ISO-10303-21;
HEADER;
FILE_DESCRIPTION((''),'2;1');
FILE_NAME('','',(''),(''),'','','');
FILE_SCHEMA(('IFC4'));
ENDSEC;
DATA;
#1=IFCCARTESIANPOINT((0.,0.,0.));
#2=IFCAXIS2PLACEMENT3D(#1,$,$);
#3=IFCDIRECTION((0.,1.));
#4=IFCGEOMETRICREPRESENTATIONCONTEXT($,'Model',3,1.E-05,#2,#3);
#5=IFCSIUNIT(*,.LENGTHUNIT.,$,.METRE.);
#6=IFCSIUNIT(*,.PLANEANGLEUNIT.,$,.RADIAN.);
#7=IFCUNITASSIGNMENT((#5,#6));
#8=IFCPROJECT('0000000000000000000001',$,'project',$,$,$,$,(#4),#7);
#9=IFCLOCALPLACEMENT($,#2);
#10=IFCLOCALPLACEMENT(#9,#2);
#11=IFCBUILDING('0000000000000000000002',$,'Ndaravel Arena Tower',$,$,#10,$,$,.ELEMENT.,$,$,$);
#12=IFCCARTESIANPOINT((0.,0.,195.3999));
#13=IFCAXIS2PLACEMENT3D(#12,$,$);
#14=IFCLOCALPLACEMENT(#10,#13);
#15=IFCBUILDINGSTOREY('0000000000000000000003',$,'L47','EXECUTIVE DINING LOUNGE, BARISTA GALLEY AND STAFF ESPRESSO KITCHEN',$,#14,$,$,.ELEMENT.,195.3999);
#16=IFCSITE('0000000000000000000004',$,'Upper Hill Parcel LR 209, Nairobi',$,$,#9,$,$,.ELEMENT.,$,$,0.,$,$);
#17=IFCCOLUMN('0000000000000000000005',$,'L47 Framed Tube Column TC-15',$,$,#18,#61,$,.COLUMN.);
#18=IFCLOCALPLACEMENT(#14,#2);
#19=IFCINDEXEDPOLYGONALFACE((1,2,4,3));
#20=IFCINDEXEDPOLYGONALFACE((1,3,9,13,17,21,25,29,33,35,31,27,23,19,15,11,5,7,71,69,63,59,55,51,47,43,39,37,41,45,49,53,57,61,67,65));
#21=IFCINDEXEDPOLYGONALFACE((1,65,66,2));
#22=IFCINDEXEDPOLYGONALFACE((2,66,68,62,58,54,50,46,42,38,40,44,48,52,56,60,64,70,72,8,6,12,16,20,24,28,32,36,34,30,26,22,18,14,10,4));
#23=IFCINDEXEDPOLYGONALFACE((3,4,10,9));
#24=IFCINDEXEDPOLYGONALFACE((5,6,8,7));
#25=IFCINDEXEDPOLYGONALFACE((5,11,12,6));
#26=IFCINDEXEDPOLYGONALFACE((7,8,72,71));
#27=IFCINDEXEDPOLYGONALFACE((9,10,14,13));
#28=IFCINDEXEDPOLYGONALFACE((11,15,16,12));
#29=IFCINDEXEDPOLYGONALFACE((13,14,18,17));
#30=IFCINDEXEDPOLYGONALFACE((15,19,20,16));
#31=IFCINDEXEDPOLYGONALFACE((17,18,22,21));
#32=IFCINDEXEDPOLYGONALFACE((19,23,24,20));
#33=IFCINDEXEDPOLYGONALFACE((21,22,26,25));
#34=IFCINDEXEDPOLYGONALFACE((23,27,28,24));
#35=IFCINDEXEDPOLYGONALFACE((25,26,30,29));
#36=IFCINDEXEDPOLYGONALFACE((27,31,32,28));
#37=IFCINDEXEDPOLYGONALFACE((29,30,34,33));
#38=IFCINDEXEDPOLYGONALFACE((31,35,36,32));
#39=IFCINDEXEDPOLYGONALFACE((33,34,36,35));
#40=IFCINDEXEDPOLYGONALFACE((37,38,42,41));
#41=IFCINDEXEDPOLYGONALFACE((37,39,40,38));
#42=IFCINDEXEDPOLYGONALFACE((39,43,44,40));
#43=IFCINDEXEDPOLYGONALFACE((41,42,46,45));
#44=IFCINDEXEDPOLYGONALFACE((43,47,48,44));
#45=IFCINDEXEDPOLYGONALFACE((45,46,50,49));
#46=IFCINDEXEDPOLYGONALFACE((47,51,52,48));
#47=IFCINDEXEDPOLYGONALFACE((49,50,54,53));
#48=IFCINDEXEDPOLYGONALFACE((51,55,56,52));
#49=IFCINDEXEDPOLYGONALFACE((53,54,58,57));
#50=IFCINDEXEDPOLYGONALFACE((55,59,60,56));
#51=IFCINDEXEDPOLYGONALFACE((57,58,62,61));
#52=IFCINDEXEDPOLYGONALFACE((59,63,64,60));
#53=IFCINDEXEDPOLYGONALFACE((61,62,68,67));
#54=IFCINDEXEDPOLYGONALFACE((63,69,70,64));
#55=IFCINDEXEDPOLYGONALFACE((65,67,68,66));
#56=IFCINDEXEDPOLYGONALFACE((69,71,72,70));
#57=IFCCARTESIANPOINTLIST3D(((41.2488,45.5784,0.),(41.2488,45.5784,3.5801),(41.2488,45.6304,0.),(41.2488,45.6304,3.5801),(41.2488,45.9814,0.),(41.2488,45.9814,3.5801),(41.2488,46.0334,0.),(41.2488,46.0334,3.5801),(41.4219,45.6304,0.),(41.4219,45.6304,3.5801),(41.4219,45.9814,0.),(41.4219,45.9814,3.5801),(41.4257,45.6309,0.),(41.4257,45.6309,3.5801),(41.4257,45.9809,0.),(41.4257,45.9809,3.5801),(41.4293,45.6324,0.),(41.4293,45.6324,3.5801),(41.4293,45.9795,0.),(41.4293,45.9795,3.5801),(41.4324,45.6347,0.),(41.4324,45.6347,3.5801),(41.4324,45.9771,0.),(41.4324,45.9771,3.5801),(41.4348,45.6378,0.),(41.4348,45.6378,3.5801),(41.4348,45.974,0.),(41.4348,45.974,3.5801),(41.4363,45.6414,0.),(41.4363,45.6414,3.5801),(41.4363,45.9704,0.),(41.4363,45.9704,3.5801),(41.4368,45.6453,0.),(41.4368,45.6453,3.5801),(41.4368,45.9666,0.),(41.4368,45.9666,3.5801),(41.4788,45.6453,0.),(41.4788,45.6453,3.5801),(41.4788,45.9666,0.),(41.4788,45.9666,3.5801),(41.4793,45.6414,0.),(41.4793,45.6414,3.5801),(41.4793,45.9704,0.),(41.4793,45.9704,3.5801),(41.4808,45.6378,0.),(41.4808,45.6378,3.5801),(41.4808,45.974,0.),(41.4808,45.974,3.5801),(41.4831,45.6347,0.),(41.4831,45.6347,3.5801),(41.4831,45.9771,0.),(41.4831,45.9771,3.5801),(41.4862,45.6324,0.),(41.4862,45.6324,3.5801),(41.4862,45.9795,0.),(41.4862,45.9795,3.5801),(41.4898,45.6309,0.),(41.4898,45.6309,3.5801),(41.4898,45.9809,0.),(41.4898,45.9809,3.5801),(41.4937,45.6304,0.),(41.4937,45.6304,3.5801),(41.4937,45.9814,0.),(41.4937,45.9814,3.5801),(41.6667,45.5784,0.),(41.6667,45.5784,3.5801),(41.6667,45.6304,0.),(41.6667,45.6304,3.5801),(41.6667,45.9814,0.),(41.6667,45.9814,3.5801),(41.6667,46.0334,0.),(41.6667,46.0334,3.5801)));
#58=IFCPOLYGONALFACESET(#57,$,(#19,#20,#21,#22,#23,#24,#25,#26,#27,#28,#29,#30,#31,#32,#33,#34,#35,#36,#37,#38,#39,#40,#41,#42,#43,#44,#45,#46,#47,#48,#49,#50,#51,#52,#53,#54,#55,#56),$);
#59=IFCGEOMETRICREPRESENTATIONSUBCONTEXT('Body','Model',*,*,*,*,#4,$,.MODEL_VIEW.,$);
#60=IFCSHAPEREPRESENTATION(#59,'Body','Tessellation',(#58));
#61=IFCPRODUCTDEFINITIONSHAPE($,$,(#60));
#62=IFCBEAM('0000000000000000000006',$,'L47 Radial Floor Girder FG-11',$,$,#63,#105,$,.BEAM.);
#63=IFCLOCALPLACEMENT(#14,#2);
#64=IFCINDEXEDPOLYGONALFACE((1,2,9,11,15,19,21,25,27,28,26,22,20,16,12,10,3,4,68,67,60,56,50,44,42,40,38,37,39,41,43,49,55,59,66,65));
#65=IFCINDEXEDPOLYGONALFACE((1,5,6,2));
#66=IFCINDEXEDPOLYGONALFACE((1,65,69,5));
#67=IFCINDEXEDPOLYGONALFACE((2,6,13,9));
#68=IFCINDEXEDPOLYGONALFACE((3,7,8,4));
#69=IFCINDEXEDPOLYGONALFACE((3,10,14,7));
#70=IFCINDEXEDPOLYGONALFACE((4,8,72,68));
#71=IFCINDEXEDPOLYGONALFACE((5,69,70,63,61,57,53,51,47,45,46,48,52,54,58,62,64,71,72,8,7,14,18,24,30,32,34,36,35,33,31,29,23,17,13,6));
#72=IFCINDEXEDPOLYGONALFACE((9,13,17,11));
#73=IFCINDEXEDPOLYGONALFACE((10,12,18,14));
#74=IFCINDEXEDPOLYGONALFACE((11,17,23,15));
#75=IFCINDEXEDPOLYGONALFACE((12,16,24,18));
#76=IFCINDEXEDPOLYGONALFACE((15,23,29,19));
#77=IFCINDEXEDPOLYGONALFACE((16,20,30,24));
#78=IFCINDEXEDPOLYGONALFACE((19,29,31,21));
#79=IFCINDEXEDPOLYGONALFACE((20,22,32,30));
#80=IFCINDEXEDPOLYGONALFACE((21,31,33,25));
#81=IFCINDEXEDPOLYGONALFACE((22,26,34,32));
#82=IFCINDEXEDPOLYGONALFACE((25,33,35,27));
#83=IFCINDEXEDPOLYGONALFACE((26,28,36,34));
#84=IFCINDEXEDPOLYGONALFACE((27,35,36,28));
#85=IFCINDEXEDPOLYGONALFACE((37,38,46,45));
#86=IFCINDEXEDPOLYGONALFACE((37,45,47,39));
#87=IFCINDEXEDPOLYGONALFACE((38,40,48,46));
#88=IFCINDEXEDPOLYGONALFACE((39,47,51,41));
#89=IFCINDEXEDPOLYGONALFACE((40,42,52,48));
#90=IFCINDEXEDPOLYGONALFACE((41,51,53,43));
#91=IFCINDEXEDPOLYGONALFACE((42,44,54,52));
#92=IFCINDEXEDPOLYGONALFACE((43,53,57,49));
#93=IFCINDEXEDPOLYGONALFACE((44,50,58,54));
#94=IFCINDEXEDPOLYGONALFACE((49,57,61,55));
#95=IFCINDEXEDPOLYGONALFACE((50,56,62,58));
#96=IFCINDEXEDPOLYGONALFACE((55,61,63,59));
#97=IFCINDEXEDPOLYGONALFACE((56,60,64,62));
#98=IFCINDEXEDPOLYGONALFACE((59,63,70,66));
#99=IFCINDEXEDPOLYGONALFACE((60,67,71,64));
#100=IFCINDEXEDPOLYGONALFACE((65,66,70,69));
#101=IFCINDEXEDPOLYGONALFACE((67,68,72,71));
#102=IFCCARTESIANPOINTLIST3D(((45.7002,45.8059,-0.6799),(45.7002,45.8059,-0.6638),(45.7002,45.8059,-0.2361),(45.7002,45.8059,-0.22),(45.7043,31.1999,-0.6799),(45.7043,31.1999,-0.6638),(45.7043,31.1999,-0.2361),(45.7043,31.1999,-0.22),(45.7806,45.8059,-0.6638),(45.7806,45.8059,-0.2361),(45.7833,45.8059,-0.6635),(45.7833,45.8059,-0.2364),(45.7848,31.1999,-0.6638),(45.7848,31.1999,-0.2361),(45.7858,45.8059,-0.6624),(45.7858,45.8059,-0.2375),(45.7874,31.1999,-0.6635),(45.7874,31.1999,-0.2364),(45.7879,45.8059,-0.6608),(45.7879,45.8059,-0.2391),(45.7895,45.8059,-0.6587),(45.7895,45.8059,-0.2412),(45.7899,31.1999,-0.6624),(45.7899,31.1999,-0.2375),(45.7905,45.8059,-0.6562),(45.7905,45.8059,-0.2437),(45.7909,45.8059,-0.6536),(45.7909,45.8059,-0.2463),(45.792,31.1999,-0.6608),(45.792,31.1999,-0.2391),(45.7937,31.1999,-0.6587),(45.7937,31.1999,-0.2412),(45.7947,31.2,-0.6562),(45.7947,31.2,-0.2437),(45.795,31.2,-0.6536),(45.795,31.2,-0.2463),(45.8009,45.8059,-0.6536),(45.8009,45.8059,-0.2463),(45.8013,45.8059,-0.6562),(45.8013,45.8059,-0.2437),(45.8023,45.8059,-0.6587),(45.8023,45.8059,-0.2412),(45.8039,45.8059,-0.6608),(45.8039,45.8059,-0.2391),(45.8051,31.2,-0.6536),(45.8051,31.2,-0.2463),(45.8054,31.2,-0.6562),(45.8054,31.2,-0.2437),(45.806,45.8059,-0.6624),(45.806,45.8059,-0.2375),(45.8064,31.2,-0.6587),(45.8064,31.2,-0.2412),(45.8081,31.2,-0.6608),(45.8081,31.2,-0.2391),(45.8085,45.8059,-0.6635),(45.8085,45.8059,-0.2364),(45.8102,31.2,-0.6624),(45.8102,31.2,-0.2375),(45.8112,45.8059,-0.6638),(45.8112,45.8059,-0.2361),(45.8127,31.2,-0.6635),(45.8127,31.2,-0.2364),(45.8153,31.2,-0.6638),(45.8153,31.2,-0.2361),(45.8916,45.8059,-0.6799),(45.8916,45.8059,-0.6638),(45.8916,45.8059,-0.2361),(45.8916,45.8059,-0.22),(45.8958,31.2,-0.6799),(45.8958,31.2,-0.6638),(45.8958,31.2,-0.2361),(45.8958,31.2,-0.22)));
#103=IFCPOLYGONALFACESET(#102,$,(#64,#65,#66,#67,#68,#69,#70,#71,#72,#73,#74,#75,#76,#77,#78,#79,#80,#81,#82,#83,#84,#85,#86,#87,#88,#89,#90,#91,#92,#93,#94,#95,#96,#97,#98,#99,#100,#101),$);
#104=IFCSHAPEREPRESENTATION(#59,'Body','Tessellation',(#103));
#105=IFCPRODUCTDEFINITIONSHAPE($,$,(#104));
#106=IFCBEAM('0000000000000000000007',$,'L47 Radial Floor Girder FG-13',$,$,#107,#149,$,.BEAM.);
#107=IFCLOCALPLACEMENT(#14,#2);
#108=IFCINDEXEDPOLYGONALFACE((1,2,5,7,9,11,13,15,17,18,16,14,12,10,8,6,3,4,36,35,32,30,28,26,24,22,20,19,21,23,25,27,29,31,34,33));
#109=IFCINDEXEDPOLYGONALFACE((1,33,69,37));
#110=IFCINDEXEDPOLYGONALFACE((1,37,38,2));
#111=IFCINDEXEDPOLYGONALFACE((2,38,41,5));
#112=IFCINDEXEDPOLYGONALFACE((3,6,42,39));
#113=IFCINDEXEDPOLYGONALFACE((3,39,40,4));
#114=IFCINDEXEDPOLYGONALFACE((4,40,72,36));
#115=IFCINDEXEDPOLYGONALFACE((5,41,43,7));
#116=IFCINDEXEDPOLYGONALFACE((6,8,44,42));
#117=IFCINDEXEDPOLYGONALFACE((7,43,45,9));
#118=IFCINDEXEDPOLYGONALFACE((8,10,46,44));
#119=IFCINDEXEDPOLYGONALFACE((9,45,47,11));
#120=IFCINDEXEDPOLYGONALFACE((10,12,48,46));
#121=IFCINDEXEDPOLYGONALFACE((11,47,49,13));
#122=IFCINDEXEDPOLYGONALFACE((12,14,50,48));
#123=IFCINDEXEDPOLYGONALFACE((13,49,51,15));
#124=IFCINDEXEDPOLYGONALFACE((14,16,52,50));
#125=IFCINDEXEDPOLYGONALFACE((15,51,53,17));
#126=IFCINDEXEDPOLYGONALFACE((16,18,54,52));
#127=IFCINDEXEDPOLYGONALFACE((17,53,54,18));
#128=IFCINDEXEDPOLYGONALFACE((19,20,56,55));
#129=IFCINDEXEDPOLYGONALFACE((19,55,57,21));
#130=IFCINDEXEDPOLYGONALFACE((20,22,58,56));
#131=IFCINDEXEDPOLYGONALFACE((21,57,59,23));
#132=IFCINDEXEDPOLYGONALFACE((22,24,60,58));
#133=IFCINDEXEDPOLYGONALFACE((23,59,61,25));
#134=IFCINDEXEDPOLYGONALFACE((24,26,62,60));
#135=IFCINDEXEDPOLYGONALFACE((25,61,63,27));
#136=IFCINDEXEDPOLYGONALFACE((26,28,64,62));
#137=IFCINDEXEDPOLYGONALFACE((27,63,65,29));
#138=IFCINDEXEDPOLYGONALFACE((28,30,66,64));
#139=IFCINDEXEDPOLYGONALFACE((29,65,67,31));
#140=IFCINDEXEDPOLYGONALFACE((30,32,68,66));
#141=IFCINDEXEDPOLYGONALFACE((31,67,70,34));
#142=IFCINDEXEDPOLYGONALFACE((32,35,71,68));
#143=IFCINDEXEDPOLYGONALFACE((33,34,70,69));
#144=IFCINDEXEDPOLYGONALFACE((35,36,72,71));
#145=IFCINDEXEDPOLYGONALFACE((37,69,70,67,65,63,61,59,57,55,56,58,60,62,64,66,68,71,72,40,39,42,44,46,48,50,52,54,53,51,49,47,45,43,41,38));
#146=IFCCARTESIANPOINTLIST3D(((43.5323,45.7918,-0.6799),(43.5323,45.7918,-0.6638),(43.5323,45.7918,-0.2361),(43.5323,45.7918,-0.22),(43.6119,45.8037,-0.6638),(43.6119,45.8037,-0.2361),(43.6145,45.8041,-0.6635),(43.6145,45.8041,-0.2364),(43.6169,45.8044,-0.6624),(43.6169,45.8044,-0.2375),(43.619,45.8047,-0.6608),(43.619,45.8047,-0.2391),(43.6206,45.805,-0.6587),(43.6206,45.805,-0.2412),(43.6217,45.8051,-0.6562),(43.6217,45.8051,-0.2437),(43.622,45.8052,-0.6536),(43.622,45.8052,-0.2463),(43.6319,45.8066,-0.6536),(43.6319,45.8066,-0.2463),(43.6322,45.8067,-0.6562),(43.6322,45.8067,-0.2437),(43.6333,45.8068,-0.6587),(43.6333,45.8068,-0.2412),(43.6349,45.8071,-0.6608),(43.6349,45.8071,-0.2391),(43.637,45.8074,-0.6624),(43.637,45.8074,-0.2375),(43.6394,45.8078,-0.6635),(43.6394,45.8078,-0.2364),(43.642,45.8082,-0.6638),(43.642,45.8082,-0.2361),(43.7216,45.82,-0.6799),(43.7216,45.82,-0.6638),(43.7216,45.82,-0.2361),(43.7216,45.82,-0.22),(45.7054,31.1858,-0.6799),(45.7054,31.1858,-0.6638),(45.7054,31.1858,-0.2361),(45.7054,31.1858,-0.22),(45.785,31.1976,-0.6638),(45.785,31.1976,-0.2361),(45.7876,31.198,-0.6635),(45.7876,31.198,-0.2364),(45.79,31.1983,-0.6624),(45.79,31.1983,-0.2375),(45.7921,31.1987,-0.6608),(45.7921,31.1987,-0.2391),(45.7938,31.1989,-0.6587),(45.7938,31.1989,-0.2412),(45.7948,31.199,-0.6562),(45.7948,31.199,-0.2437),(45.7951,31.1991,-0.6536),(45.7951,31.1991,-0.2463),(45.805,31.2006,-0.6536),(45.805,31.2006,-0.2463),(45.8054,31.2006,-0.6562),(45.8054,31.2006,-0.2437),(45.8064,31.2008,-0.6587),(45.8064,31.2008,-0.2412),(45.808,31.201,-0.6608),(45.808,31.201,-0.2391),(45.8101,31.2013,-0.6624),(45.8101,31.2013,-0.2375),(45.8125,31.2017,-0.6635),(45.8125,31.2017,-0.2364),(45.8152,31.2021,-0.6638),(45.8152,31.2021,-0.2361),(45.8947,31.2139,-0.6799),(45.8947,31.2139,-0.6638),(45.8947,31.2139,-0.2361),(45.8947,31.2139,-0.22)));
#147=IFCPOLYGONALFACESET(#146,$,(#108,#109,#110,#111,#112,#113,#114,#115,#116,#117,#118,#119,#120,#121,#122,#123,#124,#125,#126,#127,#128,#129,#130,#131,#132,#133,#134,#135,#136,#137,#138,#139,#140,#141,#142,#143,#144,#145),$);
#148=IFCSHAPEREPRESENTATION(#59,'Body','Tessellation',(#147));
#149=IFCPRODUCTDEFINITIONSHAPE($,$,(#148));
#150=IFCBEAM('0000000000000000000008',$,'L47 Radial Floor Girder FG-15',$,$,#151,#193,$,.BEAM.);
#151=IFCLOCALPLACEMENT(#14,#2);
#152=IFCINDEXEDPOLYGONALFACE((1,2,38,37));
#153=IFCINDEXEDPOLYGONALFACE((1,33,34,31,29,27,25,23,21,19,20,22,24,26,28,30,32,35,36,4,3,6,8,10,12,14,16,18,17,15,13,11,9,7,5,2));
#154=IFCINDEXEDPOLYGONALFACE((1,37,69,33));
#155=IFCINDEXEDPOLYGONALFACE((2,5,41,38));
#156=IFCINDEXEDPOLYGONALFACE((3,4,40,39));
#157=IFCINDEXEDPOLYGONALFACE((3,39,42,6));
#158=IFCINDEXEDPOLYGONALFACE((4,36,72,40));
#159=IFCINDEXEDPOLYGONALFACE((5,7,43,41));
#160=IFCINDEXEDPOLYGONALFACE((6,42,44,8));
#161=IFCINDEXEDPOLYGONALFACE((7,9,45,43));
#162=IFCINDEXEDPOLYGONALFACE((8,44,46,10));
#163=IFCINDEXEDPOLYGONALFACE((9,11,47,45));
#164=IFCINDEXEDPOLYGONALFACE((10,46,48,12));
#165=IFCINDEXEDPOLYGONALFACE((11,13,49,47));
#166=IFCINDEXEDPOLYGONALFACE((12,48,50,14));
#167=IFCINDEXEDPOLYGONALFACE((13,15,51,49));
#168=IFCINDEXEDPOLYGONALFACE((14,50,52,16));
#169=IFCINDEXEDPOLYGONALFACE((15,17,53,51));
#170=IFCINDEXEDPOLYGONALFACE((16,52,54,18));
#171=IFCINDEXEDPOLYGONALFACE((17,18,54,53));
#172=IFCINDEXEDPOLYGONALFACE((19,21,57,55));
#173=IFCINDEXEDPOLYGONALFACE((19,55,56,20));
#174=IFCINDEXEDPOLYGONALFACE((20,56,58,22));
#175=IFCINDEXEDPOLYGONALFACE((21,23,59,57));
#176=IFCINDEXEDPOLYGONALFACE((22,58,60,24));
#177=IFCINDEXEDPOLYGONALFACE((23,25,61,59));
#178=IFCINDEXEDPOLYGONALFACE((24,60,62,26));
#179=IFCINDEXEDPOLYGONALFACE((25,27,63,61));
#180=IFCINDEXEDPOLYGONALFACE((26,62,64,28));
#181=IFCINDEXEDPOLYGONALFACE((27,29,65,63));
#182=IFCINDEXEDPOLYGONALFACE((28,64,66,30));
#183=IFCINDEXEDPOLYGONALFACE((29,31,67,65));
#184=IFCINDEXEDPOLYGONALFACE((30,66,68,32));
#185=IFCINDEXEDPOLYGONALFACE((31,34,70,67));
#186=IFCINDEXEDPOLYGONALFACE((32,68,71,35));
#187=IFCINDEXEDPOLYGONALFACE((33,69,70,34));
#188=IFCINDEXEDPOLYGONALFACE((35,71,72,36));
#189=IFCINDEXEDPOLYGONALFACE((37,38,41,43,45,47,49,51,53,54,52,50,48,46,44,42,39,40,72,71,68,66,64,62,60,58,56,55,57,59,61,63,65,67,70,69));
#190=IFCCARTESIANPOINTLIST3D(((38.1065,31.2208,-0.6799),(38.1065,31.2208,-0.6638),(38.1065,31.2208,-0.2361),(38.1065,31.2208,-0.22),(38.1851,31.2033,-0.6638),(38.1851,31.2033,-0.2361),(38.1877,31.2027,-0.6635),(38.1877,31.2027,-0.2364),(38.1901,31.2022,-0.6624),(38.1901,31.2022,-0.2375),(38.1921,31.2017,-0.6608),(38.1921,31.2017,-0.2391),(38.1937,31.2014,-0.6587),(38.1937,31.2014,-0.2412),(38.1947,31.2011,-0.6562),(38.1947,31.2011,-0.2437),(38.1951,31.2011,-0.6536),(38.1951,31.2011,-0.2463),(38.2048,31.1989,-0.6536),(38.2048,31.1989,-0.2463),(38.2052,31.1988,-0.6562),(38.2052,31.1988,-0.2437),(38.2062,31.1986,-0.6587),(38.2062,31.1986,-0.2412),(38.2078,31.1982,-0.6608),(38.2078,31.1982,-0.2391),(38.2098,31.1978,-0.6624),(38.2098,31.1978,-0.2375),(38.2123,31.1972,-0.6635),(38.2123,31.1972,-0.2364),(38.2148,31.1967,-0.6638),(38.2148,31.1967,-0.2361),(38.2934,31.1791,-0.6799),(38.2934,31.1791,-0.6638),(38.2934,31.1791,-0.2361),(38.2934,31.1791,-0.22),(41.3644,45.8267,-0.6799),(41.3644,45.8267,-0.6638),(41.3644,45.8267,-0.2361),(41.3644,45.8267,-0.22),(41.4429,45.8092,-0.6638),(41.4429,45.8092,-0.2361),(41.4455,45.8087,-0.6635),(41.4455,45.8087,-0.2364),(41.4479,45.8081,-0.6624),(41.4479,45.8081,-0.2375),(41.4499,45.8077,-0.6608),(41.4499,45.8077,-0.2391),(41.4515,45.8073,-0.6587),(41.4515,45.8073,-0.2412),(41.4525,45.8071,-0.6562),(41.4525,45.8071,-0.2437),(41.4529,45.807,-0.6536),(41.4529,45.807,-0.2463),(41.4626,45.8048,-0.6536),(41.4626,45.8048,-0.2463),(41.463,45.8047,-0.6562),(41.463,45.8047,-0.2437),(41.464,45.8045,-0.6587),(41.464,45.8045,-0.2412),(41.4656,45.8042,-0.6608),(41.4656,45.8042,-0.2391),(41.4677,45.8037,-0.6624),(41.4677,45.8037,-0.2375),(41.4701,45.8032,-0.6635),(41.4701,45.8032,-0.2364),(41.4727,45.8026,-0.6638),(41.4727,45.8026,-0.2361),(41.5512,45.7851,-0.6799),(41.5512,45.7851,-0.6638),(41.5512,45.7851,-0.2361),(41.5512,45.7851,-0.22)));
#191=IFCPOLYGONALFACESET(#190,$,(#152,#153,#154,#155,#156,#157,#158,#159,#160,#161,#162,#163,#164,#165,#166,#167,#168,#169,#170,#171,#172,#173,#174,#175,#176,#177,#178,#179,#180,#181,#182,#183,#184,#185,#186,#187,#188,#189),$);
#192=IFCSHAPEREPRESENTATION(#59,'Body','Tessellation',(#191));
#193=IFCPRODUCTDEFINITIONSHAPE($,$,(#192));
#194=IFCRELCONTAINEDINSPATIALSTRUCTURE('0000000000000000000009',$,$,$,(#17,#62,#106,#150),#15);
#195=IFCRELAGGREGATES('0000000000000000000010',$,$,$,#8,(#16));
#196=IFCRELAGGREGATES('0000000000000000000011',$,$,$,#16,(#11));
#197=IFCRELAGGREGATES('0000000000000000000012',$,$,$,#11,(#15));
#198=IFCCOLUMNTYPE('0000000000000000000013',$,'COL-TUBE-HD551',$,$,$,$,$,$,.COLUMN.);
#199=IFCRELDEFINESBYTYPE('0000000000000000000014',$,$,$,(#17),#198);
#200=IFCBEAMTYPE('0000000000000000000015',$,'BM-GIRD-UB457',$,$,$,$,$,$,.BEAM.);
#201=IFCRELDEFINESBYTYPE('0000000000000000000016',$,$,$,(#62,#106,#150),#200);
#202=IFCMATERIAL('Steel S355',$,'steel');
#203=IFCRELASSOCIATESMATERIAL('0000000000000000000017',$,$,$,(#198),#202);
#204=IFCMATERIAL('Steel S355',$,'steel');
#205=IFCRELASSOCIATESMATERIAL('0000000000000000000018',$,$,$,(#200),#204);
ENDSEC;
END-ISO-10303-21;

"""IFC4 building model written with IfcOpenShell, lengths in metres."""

from ifc_helpers import new_model, si_unit, direction, frame, origin, origin_2d, place, context, subcontext, project, spatial, i_section, extrude, material, material_profile, profile_set, type_object, element, save


model = new_model("IFC4")

# Units and contexts
model_context = context("Model", 3, precision=1e-05, world=origin(), true_north=direction((0.0, 1.0)))
body_context = subcontext(model_context, "Body", "Model", "MODEL_VIEW")
ifc_project = project(units=[si_unit("LENGTHUNIT", "METRE"), si_unit("PLANEANGLEUNIT", "RADIAN")], contexts=[model_context])

# Site, building, storey
site_placement = place(None, origin())
site = spatial("IfcSite", under=ifc_project, at=site_placement, Name="Upper Hill Parcel LR 209, Nairobi", CompositionType="ELEMENT", RefElevation=0.0)
building_placement = place(site_placement, origin())
building = spatial("IfcBuilding", under=site, at=building_placement, Name="Ndaravel Arena Tower", CompositionType="ELEMENT")
storey_placement = place(building_placement, frame((0.0, 0.0, 195.3999)))
storey = spatial("IfcBuildingStorey", under=building, at=storey_placement, Name="L47", Description="EXECUTIVE DINING LOUNGE, BARISTA GALLEY AND STAFF ESPRESSO KITCHEN", CompositionType="ELEMENT", Elevation=195.3999)

# Column
ifc_material_1 = material(Name="Steel S355", Category="steel")
ifc_material_profile_1 = material_profile(ifc_material_1, i_section(OverallWidth=0.418, OverallDepth=0.4551, WebThickness=0.042, FlangeThickness=0.052, FilletRadius=0.0149, at=origin_2d()), Name="HD 400x551")
ifc_profile_set_1 = profile_set([ifc_material_profile_1], Name="Steel S355")
column_type = type_object("IfcColumnType", Name="COL-TUBE-HD551", PredefinedType="COLUMN", material=ifc_profile_set_1)
for number, where, z_axis, x_axis, name in (
    (1, (41.4578, 45.8059, 0.0), (0.0, 0.0, 1.0), (1.0, 0.0, 0.0), "L47 Framed Tube Column TC-15"),
):
    element("IfcColumn", number, at=place(storey_placement, frame(where, z_axis=z_axis, x_axis=x_axis)), inside=storey, type_object=column_type, Name=name, PredefinedType="COLUMN", context=body_context, shape_type="SweptSolid", body=[
        extrude(i_section(OverallWidth=0.418, OverallDepth=0.4551, WebThickness=0.042, FlangeThickness=0.052, FilletRadius=0.0149, at=origin_2d()), origin(), (0.0, 0.0, 1.0), 3.5801),
    ])

# Beams
ifc_material_2 = material(Name="Steel S355", Category="steel")
ifc_material_profile_2 = material_profile(ifc_material_2, i_section(OverallWidth=0.1914, OverallDepth=0.46, WebThickness=0.01, FlangeThickness=0.0161, FilletRadius=0.0103, at=origin_2d()), Name="UB 457x191x82")
ifc_profile_set_2 = profile_set([ifc_material_profile_2], Name="Steel S355")
beam_type_1 = type_object("IfcBeamType", Name="BM-GIRD-UB457", PredefinedType="BEAM", material=ifc_profile_set_2)
beam_1_placement = place(storey_placement, frame((45.7959, 45.8059, -0.45), z_axis=(0.000284, -1.0, 0.0), x_axis=(1.0, 0.000284, 0.0)))
element("IfcBeam", 2, at=beam_1_placement, inside=storey, type_object=beam_type_1, Name="L47 Radial Floor Girder FG-11", PredefinedType="BEAM", context=body_context, shape_type="SweptSolid", body=[
    extrude(i_section(OverallWidth=0.1914, OverallDepth=0.46, WebThickness=0.01, FlangeThickness=0.0161, FilletRadius=0.0103, at=origin_2d()), origin(), (0.0, 0.0, 1.0), 14.606),
])
beam_2_placement = place(storey_placement, frame((43.627, 45.8059, -0.45), z_axis=(0.147162, -0.989112, 0.0), x_axis=(0.989112, 0.147162, 0.0)))
element("IfcBeam", 3, at=beam_2_placement, inside=storey, type_object=beam_type_1, Name="L47 Radial Floor Girder FG-13", PredefinedType="BEAM", context=body_context, shape_type="SweptSolid", body=[
    extrude(i_section(OverallWidth=0.1914, OverallDepth=0.46, WebThickness=0.01, FlangeThickness=0.0161, FilletRadius=0.0103, at=origin_2d()), origin(), (0.0, 0.0, 1.0), 14.7668),
])
beam_3_placement = place(storey_placement, frame((41.4578, 45.8059, -0.45), z_axis=(-0.217697, -0.976016, 0.0), x_axis=(0.976016, -0.217697, 0.0)))
element("IfcBeam", 4, at=beam_3_placement, inside=storey, type_object=beam_type_1, Name="L47 Radial Floor Girder FG-15", PredefinedType="BEAM", context=body_context, shape_type="SweptSolid", body=[
    extrude(i_section(OverallWidth=0.1914, OverallDepth=0.46, WebThickness=0.01, FlangeThickness=0.0161, FilletRadius=0.0103, at=origin_2d()), origin(), (0.0, 0.0, 1.0), 14.9648),
])

save(model, "model.ifc")
